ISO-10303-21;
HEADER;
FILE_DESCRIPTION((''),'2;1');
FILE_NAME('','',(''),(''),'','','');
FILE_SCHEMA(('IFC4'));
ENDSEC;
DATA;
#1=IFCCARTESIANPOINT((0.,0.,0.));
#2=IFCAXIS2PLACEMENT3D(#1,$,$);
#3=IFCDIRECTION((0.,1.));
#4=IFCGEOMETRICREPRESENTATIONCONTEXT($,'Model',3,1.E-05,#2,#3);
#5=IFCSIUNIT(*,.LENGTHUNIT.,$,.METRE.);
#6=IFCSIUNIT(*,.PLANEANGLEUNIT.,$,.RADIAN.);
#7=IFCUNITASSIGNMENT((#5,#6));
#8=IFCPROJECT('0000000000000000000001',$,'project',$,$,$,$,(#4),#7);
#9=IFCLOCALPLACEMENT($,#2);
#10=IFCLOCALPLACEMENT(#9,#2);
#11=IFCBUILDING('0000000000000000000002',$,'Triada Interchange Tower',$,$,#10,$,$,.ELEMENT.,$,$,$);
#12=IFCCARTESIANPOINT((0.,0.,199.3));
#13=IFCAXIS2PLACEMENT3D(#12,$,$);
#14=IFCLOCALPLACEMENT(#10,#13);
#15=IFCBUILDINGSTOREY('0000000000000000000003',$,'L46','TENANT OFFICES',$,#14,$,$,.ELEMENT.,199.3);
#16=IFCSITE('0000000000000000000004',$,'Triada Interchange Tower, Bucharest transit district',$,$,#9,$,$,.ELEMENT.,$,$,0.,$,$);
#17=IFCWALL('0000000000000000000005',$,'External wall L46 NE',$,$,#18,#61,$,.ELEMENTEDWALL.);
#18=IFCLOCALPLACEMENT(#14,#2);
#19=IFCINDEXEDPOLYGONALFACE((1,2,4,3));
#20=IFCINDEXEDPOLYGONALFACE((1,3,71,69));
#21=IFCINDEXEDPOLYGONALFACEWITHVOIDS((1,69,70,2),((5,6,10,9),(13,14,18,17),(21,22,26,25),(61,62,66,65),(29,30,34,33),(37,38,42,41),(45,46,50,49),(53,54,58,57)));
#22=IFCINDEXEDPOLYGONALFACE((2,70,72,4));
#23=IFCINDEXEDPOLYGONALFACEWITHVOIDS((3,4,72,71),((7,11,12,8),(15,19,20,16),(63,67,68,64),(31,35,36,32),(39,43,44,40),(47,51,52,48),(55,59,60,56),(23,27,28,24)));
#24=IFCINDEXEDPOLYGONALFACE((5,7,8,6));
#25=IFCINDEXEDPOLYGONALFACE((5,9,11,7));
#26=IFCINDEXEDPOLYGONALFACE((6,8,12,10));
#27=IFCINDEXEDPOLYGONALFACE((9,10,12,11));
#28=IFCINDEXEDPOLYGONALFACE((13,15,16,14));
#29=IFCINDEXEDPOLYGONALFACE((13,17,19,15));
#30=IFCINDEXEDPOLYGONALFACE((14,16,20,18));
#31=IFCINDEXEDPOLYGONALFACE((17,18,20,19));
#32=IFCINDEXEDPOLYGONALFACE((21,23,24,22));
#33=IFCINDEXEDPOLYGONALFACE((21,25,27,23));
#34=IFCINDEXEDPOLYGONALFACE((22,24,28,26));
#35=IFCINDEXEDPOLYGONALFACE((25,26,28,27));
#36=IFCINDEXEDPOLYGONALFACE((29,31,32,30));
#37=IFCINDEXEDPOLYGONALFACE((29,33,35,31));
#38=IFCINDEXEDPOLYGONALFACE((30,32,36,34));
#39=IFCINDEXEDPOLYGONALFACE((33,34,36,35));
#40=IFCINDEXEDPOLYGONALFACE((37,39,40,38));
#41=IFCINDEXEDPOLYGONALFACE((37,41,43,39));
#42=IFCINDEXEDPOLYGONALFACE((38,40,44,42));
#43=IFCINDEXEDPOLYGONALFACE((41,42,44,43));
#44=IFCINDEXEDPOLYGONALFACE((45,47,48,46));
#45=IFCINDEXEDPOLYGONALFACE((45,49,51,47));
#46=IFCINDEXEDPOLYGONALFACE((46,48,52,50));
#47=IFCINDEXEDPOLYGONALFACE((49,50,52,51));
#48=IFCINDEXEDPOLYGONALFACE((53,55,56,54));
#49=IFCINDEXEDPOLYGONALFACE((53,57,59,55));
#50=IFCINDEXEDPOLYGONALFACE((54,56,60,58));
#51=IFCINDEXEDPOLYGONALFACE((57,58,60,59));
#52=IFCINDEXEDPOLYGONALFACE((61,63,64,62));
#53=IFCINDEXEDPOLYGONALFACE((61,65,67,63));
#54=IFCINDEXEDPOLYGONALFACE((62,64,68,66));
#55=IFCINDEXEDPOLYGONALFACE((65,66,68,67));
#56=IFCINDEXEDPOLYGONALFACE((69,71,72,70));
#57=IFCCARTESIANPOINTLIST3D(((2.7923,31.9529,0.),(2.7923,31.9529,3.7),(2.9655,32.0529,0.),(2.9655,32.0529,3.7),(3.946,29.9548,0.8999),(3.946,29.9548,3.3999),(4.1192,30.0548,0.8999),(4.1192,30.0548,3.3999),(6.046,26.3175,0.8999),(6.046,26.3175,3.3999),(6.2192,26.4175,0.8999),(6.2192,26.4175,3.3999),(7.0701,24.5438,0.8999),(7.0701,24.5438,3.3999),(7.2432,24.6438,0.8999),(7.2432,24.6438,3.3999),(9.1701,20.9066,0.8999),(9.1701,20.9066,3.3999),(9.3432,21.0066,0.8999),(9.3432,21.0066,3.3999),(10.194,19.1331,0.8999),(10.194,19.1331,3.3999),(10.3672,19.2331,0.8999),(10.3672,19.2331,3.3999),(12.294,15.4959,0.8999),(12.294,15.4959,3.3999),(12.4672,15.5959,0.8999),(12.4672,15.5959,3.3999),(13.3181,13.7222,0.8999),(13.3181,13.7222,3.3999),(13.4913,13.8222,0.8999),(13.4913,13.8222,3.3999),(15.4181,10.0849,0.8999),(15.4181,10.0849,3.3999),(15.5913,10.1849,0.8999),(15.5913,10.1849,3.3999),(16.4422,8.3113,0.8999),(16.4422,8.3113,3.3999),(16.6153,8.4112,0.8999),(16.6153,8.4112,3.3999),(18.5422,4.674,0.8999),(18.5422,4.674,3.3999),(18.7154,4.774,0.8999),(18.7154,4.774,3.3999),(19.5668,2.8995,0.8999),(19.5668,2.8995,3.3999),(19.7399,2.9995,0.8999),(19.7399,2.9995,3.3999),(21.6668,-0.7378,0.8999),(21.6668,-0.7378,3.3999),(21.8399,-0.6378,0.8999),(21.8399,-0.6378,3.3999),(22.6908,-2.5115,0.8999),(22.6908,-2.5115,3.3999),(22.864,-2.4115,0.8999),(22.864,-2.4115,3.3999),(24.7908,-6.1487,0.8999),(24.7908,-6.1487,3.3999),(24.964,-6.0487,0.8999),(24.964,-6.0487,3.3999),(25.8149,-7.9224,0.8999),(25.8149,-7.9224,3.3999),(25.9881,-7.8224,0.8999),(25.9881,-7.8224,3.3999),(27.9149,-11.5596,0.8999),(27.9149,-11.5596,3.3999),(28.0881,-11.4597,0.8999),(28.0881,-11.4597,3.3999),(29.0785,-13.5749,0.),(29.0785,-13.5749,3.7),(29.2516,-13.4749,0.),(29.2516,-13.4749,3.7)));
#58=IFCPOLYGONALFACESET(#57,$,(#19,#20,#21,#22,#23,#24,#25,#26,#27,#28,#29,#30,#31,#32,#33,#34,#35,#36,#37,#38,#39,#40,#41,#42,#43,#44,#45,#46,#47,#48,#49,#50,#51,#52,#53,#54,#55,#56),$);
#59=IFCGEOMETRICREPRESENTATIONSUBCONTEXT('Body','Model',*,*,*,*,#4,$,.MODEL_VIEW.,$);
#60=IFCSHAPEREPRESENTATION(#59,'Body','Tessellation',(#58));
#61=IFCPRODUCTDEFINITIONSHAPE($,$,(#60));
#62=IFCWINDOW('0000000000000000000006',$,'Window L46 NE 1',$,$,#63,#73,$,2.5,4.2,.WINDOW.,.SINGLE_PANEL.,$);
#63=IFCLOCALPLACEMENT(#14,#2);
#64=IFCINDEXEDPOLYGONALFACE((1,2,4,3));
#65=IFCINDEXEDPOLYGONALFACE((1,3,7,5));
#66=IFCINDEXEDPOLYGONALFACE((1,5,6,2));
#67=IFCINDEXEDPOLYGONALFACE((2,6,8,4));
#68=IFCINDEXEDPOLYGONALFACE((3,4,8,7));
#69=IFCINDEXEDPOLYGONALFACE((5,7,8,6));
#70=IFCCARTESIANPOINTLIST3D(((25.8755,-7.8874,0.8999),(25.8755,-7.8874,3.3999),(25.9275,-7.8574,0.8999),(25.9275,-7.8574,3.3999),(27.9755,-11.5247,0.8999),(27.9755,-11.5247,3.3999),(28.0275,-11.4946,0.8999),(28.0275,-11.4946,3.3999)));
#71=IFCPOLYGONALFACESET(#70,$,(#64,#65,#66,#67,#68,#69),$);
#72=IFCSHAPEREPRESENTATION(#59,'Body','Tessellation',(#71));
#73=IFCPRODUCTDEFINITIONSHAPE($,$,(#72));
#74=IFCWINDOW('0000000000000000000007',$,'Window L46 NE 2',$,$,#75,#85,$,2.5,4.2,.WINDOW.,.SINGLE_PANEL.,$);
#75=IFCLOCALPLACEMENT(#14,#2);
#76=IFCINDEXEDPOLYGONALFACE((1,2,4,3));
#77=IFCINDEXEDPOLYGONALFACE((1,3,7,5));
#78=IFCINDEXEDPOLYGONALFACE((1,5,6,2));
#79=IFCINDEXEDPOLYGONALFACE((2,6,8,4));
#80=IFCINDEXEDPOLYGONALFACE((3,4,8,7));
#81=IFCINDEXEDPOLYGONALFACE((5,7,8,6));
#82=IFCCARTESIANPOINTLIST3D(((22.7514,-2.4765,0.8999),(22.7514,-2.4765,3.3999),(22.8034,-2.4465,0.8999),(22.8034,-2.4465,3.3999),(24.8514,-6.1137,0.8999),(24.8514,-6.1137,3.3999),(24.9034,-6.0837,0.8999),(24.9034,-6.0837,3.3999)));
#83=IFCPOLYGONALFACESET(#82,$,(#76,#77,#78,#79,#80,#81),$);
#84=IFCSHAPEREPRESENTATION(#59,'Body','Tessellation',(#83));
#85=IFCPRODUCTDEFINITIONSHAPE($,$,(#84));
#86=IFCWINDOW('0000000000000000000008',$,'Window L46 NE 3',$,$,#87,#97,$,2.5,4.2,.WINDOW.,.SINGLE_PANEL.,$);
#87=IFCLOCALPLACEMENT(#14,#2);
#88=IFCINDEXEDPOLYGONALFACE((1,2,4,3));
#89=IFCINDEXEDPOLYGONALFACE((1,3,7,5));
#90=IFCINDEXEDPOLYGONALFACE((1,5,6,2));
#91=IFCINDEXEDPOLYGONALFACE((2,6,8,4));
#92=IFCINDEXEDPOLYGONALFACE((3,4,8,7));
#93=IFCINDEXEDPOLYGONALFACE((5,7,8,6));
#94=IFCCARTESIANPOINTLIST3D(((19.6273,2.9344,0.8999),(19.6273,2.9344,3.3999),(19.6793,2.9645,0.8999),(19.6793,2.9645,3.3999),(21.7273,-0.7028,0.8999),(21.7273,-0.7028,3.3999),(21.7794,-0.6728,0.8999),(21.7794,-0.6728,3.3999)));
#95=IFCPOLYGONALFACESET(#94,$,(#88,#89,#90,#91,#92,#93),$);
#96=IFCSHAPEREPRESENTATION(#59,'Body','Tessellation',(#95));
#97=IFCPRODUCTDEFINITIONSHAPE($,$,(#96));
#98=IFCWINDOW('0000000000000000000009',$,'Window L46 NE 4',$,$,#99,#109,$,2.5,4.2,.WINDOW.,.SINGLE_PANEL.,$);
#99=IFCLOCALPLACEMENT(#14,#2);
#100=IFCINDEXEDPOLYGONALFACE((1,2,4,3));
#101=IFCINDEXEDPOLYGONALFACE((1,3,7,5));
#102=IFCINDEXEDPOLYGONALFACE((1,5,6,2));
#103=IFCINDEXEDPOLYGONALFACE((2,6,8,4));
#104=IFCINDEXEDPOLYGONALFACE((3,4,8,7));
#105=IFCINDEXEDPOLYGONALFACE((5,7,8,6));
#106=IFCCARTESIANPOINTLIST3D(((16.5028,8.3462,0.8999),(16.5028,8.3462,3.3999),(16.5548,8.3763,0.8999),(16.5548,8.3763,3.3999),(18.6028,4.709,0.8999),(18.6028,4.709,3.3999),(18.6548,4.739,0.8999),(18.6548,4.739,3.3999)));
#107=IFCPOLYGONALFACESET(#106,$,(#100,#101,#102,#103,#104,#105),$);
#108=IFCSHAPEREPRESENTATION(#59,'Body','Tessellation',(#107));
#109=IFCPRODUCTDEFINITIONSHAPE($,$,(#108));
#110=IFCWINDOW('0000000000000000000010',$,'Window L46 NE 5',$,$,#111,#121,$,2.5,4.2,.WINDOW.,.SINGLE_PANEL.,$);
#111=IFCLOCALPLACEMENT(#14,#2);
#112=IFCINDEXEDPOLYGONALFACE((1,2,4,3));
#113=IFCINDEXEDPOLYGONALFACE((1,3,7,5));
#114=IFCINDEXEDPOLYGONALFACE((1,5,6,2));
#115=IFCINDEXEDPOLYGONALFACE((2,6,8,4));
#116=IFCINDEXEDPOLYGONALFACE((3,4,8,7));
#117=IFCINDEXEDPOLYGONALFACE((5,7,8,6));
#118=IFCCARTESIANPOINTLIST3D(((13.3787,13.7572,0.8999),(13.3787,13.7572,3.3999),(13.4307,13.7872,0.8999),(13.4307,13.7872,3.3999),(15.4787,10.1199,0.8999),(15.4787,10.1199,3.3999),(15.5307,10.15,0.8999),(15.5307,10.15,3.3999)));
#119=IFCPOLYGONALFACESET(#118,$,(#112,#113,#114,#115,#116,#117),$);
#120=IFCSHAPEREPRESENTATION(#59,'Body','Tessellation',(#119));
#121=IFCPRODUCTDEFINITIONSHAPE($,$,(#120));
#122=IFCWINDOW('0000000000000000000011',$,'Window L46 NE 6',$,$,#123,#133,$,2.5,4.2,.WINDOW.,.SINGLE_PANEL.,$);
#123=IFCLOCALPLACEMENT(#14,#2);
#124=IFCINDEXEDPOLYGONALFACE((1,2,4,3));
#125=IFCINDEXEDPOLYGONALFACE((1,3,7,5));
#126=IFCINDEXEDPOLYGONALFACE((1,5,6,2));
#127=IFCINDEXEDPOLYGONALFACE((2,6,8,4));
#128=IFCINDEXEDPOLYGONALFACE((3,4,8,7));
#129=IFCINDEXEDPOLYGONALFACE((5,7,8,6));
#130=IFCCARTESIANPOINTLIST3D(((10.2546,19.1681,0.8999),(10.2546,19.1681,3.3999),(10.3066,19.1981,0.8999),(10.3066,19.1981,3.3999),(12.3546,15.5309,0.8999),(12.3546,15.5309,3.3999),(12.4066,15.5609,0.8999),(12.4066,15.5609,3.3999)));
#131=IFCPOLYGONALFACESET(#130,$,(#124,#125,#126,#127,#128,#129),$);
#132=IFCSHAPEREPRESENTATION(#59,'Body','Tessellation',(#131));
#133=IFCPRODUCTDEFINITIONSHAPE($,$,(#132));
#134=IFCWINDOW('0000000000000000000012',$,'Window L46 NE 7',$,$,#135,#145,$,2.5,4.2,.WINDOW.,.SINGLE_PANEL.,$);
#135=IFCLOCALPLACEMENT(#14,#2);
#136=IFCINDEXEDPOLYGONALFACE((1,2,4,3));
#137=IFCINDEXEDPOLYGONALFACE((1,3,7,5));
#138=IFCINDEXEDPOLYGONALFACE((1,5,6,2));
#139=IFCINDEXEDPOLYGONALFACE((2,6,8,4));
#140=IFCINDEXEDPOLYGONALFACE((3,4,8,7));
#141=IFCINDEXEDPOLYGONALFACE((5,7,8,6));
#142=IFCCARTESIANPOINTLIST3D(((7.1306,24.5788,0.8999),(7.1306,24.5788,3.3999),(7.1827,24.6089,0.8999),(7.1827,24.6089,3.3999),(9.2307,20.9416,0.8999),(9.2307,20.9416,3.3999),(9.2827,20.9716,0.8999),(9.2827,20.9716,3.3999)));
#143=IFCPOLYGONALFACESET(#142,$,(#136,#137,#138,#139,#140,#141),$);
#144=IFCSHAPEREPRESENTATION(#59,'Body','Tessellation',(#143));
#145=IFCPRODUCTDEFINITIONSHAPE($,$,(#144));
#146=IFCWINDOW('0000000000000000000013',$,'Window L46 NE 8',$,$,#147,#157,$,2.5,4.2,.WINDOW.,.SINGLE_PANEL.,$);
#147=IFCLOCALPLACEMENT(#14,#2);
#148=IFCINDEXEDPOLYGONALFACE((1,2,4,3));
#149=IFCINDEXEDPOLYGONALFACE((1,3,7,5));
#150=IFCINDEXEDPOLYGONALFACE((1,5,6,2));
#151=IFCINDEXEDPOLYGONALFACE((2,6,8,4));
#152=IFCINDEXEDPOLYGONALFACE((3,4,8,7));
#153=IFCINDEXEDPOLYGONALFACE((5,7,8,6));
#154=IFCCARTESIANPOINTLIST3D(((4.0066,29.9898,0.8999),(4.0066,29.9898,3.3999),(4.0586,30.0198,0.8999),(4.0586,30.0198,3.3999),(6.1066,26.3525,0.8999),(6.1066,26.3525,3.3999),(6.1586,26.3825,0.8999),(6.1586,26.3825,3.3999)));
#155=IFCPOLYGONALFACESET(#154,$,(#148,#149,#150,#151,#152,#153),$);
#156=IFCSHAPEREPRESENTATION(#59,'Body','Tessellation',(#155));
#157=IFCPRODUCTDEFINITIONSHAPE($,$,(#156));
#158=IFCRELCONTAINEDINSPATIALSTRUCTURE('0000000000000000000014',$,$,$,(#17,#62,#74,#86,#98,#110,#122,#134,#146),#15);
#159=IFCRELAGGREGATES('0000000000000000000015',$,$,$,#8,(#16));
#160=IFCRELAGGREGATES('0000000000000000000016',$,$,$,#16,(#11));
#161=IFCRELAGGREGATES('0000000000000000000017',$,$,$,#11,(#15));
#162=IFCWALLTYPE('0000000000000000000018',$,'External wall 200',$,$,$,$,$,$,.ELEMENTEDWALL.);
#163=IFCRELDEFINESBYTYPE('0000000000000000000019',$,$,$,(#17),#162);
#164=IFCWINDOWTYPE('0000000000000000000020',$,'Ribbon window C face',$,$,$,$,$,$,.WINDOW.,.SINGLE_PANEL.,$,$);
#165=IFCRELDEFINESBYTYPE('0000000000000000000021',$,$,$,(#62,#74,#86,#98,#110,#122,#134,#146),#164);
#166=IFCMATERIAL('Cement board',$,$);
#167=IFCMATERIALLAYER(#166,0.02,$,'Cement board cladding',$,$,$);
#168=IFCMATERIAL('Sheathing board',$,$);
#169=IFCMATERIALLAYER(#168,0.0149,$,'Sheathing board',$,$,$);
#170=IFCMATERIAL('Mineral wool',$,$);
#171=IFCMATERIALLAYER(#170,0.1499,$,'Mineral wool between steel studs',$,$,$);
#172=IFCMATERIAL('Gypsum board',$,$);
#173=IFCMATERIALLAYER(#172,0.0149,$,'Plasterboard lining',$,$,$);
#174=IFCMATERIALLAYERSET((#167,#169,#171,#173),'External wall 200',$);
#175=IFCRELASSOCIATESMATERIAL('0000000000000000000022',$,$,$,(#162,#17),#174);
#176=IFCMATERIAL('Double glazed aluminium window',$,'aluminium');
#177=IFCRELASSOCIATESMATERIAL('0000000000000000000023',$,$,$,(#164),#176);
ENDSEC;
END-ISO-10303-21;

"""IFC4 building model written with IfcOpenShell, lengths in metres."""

from ifc_helpers import new_model, si_unit, direction, frame, frame_2d, origin, place, context, subcontext, project, spatial, rectangle, extrude, material, layer, layer_set, layer_usage, type_object, element, fill, save


model = new_model("IFC4")

# Units and contexts
model_context = context("Model", 3, precision=1e-05, world=origin(), true_north=direction((0.0, 1.0)))
body_context = subcontext(model_context, "Body", "Model", "MODEL_VIEW")
ifc_project = project(units=[si_unit("LENGTHUNIT", "METRE"), si_unit("PLANEANGLEUNIT", "RADIAN")], contexts=[model_context])

# Site, building, storey
site_placement = place(None, origin())
site = spatial("IfcSite", under=ifc_project, at=site_placement, Name="Triada Interchange Tower, Bucharest transit district", CompositionType="ELEMENT", RefElevation=0.0)
building_placement = place(site_placement, origin())
building = spatial("IfcBuilding", under=site, at=building_placement, Name="Triada Interchange Tower", CompositionType="ELEMENT")
storey_placement = place(building_placement, frame((0.0, 0.0, 199.3)))
storey = spatial("IfcBuildingStorey", under=building, at=storey_placement, Name="L46", Description="TENANT OFFICES", CompositionType="ELEMENT", Elevation=199.3)

# Shared definitions
ifc_material_1 = material(Name="Cement board")
ifc_layer_1 = layer(ifc_material_1, 0.02, Name="Cement board cladding")
ifc_material_2 = material(Name="Sheathing board")
ifc_layer_2 = layer(ifc_material_2, 0.0149, Name="Sheathing board")
ifc_material_3 = material(Name="Mineral wool")
ifc_layer_3 = layer(ifc_material_3, 0.1499, Name="Mineral wool between steel studs")
ifc_material_4 = material(Name="Gypsum board")
ifc_layer_4 = layer(ifc_material_4, 0.0149, Name="Plasterboard lining")
ifc_layer_set_1 = layer_set([ifc_layer_1, ifc_layer_2, ifc_layer_3, ifc_layer_4], Name="External wall 200")
ifc_layer_usage = layer_usage(ifc_layer_set_1, "AXIS2", "POSITIVE", -0.1001)
wall_type_1 = type_object("IfcWallType", Name="External wall 200", PredefinedType="ELEMENTEDWALL", material=ifc_layer_set_1)
ifc_material_5 = material(Name="Double glazed aluminium window", Category="aluminium")

# Wall, openings, windows
wall_1_placement = place(storey_placement, frame((29.165, -13.5249, 0.0), z_axis=(0.0, 0.0, 1.0), x_axis=(-0.500009, 0.86602, 0.0)))
wall_1 = element("IfcWall", 1, at=wall_1_placement, inside=storey, type_object=wall_type_1, material=ifc_layer_usage, Name="External wall L46 NE", PredefinedType="ELEMENTEDWALL", context=body_context, shape_type="SweptSolid", body=[
    extrude(rectangle(XDim=52.5713, YDim=0.2, at=frame_2d((26.2856, 0.0))), origin(), (0.0, 0.0, 1.0), 3.7),
])
opening_1_placement = place(wall_1_placement, frame((2.3269, 0.0, 0.8999)))
opening_1 = element("IfcOpeningElement", 2, at=opening_1_placement, cuts=wall_1, PredefinedType="OPENING", context=body_context, shape_type="SweptSolid", body=[
    extrude(rectangle(XDim=4.2, YDim=2.5, at=frame_2d((2.1001, 1.25))), frame((0.0, 0.1099, 0.0), z_axis=(0.0, -1.0, 0.0), x_axis=(1.0, 0.0, 0.0)), (0.0, 0.0, 1.0), 0.22),
])
opening_2_placement = place(wall_1_placement, frame((8.575, 0.0, 0.8999)))
opening_2 = element("IfcOpeningElement", 3, at=opening_2_placement, cuts=wall_1, PredefinedType="OPENING", context=body_context, shape_type="SweptSolid", body=[
    extrude(rectangle(XDim=4.2, YDim=2.5, at=frame_2d((2.1001, 1.25))), frame((0.0, 0.1099, 0.0), z_axis=(0.0, -1.0, 0.0), x_axis=(1.0, 0.0, 0.0)), (0.0, 0.0, 1.0), 0.22),
])
opening_3_placement = place(wall_1_placement, frame((14.823, 0.0, 0.8999)))
opening_3 = element("IfcOpeningElement", 4, at=opening_3_placement, cuts=wall_1, PredefinedType="OPENING", context=body_context, shape_type="SweptSolid", body=[
    extrude(rectangle(XDim=4.2, YDim=2.5, at=frame_2d((2.1001, 1.25))), frame((0.0, 0.1099, 0.0), z_axis=(0.0, -1.0, 0.0), x_axis=(1.0, 0.0, 0.0)), (0.0, 0.0, 1.0), 0.22),
])
opening_4_placement = place(wall_1_placement, frame((21.072, 0.0, 0.8999)))
opening_4 = element("IfcOpeningElement", 5, at=opening_4_placement, cuts=wall_1, PredefinedType="OPENING", context=body_context, shape_type="SweptSolid", body=[
    extrude(rectangle(XDim=4.2, YDim=2.5, at=frame_2d((2.1001, 1.25))), frame((0.0, 0.1099, 0.0), z_axis=(0.0, -1.0, 0.0), x_axis=(1.0, 0.0, 0.0)), (0.0, 0.0, 1.0), 0.22),
])
opening_5_placement = place(wall_1_placement, frame((27.3201, 0.0, 0.8999)))
opening_5 = element("IfcOpeningElement", 6, at=opening_5_placement, cuts=wall_1, PredefinedType="OPENING", context=body_context, shape_type="SweptSolid", body=[
    extrude(rectangle(XDim=4.2, YDim=2.5, at=frame_2d((2.1001, 1.25))), frame((0.0, 0.1099, 0.0), z_axis=(0.0, -1.0, 0.0), x_axis=(1.0, 0.0, 0.0)), (0.0, 0.0, 1.0), 0.22),
])
opening_6_placement = place(wall_1_placement, frame((33.5681, 0.0, 0.8999)))
opening_6 = element("IfcOpeningElement", 7, at=opening_6_placement, cuts=wall_1, PredefinedType="OPENING", context=body_context, shape_type="SweptSolid", body=[
    extrude(rectangle(XDim=4.2, YDim=2.5, at=frame_2d((2.1001, 1.25))), frame((0.0, 0.1099, 0.0), z_axis=(0.0, -1.0, 0.0), x_axis=(1.0, 0.0, 0.0)), (0.0, 0.0, 1.0), 0.22),
])
opening_7_placement = place(wall_1_placement, frame((39.8159, 0.0, 0.8999)))
opening_7 = element("IfcOpeningElement", 8, at=opening_7_placement, cuts=wall_1, PredefinedType="OPENING", context=body_context, shape_type="SweptSolid", body=[
    extrude(rectangle(XDim=4.2, YDim=2.5, at=frame_2d((2.1001, 1.25))), frame((0.0, 0.1099, 0.0), z_axis=(0.0, -1.0, 0.0), x_axis=(1.0, 0.0, 0.0)), (0.0, 0.0, 1.0), 0.22),
])
opening_8_placement = place(wall_1_placement, frame((46.064, 0.0, 0.8999)))
opening_8 = element("IfcOpeningElement", 9, at=opening_8_placement, cuts=wall_1, PredefinedType="OPENING", context=body_context, shape_type="SweptSolid", body=[
    extrude(rectangle(XDim=4.2, YDim=2.5, at=frame_2d((2.1001, 1.25))), frame((0.0, 0.1099, 0.0), z_axis=(0.0, -1.0, 0.0), x_axis=(1.0, 0.0, 0.0)), (0.0, 0.0, 1.0), 0.22),
])
window_type_1 = type_object("IfcWindowType", Name="Ribbon window C face", PartitioningType="SINGLE_PANEL", PredefinedType="WINDOW", material=ifc_material_5)
window_1_placement = place(opening_1_placement, origin())
window_1 = element("IfcWindow", 10, at=window_1_placement, inside=storey, type_object=window_type_1, Name="Window L46 NE 1", OverallHeight=2.5, OverallWidth=4.2, PartitioningType="SINGLE_PANEL", PredefinedType="WINDOW", context=body_context, shape_type="SweptSolid", body=[
    extrude(rectangle(XDim=4.2, YDim=2.5, at=frame_2d((2.1001, 1.25))), frame((0.0, 0.03, 0.0), z_axis=(0.0, -1.0, 0.0), x_axis=(1.0, 0.0, 0.0)), (0.0, 0.0, 1.0), 0.0601),
])
fill(opening_1, window_1)
window_2_placement = place(opening_2_placement, origin())
window_2 = element("IfcWindow", 11, at=window_2_placement, inside=storey, type_object=window_type_1, Name="Window L46 NE 2", OverallHeight=2.5, OverallWidth=4.2, PartitioningType="SINGLE_PANEL", PredefinedType="WINDOW", context=body_context, shape_type="SweptSolid", body=[
    extrude(rectangle(XDim=4.2, YDim=2.5, at=frame_2d((2.1001, 1.25))), frame((0.0, 0.03, 0.0), z_axis=(0.0, -1.0, 0.0), x_axis=(1.0, 0.0, 0.0)), (0.0, 0.0, 1.0), 0.0601),
])
fill(opening_2, window_2)
window_3_placement = place(opening_3_placement, origin())
window_3 = element("IfcWindow", 12, at=window_3_placement, inside=storey, type_object=window_type_1, Name="Window L46 NE 3", OverallHeight=2.5, OverallWidth=4.2, PartitioningType="SINGLE_PANEL", PredefinedType="WINDOW", context=body_context, shape_type="SweptSolid", body=[
    extrude(rectangle(XDim=4.2, YDim=2.5, at=frame_2d((2.1001, 1.25))), frame((0.0, 0.03, 0.0), z_axis=(0.0, -1.0, 0.0), x_axis=(1.0, 0.0, 0.0)), (0.0, 0.0, 1.0), 0.0601),
])
fill(opening_3, window_3)
window_4_placement = place(opening_4_placement, origin())
window_4 = element("IfcWindow", 13, at=window_4_placement, inside=storey, type_object=window_type_1, Name="Window L46 NE 4", OverallHeight=2.5, OverallWidth=4.2, PartitioningType="SINGLE_PANEL", PredefinedType="WINDOW", context=body_context, shape_type="SweptSolid", body=[
    extrude(rectangle(XDim=4.2, YDim=2.5, at=frame_2d((2.1001, 1.25))), frame((0.0, 0.03, 0.0), z_axis=(0.0, -1.0, 0.0), x_axis=(1.0, 0.0, 0.0)), (0.0, 0.0, 1.0), 0.0601),
])
fill(opening_4, window_4)
window_5_placement = place(opening_5_placement, origin())
window_5 = element("IfcWindow", 14, at=window_5_placement, inside=storey, type_object=window_type_1, Name="Window L46 NE 5", OverallHeight=2.5, OverallWidth=4.2, PartitioningType="SINGLE_PANEL", PredefinedType="WINDOW", context=body_context, shape_type="SweptSolid", body=[
    extrude(rectangle(XDim=4.2, YDim=2.5, at=frame_2d((2.1001, 1.25))), frame((0.0, 0.03, 0.0), z_axis=(0.0, -1.0, 0.0), x_axis=(1.0, 0.0, 0.0)), (0.0, 0.0, 1.0), 0.0601),
])
fill(opening_5, window_5)
window_6_placement = place(opening_6_placement, origin())
window_6 = element("IfcWindow", 15, at=window_6_placement, inside=storey, type_object=window_type_1, Name="Window L46 NE 6", OverallHeight=2.5, OverallWidth=4.2, PartitioningType="SINGLE_PANEL", PredefinedType="WINDOW", context=body_context, shape_type="SweptSolid", body=[
    extrude(rectangle(XDim=4.2, YDim=2.5, at=frame_2d((2.1001, 1.25))), frame((0.0, 0.03, 0.0), z_axis=(0.0, -1.0, 0.0), x_axis=(1.0, 0.0, 0.0)), (0.0, 0.0, 1.0), 0.0601),
])
fill(opening_6, window_6)
window_7_placement = place(opening_7_placement, origin())
window_7 = element("IfcWindow", 16, at=window_7_placement, inside=storey, type_object=window_type_1, Name="Window L46 NE 7", OverallHeight=2.5, OverallWidth=4.2, PartitioningType="SINGLE_PANEL", PredefinedType="WINDOW", context=body_context, shape_type="SweptSolid", body=[
    extrude(rectangle(XDim=4.2, YDim=2.5, at=frame_2d((2.1001, 1.25))), frame((0.0, 0.03, 0.0), z_axis=(0.0, -1.0, 0.0), x_axis=(1.0, 0.0, 0.0)), (0.0, 0.0, 1.0), 0.0601),
])
fill(opening_7, window_7)
window_8_placement = place(opening_8_placement, origin())
window_8 = element("IfcWindow", 17, at=window_8_placement, inside=storey, type_object=window_type_1, Name="Window L46 NE 8", OverallHeight=2.5, OverallWidth=4.2, PartitioningType="SINGLE_PANEL", PredefinedType="WINDOW", context=body_context, shape_type="SweptSolid", body=[
    extrude(rectangle(XDim=4.2, YDim=2.5, at=frame_2d((2.1001, 1.25))), frame((0.0, 0.03, 0.0), z_axis=(0.0, -1.0, 0.0), x_axis=(1.0, 0.0, 0.0)), (0.0, 0.0, 1.0), 0.0601),
])
fill(opening_8, window_8)

save(model, "model.ifc")
